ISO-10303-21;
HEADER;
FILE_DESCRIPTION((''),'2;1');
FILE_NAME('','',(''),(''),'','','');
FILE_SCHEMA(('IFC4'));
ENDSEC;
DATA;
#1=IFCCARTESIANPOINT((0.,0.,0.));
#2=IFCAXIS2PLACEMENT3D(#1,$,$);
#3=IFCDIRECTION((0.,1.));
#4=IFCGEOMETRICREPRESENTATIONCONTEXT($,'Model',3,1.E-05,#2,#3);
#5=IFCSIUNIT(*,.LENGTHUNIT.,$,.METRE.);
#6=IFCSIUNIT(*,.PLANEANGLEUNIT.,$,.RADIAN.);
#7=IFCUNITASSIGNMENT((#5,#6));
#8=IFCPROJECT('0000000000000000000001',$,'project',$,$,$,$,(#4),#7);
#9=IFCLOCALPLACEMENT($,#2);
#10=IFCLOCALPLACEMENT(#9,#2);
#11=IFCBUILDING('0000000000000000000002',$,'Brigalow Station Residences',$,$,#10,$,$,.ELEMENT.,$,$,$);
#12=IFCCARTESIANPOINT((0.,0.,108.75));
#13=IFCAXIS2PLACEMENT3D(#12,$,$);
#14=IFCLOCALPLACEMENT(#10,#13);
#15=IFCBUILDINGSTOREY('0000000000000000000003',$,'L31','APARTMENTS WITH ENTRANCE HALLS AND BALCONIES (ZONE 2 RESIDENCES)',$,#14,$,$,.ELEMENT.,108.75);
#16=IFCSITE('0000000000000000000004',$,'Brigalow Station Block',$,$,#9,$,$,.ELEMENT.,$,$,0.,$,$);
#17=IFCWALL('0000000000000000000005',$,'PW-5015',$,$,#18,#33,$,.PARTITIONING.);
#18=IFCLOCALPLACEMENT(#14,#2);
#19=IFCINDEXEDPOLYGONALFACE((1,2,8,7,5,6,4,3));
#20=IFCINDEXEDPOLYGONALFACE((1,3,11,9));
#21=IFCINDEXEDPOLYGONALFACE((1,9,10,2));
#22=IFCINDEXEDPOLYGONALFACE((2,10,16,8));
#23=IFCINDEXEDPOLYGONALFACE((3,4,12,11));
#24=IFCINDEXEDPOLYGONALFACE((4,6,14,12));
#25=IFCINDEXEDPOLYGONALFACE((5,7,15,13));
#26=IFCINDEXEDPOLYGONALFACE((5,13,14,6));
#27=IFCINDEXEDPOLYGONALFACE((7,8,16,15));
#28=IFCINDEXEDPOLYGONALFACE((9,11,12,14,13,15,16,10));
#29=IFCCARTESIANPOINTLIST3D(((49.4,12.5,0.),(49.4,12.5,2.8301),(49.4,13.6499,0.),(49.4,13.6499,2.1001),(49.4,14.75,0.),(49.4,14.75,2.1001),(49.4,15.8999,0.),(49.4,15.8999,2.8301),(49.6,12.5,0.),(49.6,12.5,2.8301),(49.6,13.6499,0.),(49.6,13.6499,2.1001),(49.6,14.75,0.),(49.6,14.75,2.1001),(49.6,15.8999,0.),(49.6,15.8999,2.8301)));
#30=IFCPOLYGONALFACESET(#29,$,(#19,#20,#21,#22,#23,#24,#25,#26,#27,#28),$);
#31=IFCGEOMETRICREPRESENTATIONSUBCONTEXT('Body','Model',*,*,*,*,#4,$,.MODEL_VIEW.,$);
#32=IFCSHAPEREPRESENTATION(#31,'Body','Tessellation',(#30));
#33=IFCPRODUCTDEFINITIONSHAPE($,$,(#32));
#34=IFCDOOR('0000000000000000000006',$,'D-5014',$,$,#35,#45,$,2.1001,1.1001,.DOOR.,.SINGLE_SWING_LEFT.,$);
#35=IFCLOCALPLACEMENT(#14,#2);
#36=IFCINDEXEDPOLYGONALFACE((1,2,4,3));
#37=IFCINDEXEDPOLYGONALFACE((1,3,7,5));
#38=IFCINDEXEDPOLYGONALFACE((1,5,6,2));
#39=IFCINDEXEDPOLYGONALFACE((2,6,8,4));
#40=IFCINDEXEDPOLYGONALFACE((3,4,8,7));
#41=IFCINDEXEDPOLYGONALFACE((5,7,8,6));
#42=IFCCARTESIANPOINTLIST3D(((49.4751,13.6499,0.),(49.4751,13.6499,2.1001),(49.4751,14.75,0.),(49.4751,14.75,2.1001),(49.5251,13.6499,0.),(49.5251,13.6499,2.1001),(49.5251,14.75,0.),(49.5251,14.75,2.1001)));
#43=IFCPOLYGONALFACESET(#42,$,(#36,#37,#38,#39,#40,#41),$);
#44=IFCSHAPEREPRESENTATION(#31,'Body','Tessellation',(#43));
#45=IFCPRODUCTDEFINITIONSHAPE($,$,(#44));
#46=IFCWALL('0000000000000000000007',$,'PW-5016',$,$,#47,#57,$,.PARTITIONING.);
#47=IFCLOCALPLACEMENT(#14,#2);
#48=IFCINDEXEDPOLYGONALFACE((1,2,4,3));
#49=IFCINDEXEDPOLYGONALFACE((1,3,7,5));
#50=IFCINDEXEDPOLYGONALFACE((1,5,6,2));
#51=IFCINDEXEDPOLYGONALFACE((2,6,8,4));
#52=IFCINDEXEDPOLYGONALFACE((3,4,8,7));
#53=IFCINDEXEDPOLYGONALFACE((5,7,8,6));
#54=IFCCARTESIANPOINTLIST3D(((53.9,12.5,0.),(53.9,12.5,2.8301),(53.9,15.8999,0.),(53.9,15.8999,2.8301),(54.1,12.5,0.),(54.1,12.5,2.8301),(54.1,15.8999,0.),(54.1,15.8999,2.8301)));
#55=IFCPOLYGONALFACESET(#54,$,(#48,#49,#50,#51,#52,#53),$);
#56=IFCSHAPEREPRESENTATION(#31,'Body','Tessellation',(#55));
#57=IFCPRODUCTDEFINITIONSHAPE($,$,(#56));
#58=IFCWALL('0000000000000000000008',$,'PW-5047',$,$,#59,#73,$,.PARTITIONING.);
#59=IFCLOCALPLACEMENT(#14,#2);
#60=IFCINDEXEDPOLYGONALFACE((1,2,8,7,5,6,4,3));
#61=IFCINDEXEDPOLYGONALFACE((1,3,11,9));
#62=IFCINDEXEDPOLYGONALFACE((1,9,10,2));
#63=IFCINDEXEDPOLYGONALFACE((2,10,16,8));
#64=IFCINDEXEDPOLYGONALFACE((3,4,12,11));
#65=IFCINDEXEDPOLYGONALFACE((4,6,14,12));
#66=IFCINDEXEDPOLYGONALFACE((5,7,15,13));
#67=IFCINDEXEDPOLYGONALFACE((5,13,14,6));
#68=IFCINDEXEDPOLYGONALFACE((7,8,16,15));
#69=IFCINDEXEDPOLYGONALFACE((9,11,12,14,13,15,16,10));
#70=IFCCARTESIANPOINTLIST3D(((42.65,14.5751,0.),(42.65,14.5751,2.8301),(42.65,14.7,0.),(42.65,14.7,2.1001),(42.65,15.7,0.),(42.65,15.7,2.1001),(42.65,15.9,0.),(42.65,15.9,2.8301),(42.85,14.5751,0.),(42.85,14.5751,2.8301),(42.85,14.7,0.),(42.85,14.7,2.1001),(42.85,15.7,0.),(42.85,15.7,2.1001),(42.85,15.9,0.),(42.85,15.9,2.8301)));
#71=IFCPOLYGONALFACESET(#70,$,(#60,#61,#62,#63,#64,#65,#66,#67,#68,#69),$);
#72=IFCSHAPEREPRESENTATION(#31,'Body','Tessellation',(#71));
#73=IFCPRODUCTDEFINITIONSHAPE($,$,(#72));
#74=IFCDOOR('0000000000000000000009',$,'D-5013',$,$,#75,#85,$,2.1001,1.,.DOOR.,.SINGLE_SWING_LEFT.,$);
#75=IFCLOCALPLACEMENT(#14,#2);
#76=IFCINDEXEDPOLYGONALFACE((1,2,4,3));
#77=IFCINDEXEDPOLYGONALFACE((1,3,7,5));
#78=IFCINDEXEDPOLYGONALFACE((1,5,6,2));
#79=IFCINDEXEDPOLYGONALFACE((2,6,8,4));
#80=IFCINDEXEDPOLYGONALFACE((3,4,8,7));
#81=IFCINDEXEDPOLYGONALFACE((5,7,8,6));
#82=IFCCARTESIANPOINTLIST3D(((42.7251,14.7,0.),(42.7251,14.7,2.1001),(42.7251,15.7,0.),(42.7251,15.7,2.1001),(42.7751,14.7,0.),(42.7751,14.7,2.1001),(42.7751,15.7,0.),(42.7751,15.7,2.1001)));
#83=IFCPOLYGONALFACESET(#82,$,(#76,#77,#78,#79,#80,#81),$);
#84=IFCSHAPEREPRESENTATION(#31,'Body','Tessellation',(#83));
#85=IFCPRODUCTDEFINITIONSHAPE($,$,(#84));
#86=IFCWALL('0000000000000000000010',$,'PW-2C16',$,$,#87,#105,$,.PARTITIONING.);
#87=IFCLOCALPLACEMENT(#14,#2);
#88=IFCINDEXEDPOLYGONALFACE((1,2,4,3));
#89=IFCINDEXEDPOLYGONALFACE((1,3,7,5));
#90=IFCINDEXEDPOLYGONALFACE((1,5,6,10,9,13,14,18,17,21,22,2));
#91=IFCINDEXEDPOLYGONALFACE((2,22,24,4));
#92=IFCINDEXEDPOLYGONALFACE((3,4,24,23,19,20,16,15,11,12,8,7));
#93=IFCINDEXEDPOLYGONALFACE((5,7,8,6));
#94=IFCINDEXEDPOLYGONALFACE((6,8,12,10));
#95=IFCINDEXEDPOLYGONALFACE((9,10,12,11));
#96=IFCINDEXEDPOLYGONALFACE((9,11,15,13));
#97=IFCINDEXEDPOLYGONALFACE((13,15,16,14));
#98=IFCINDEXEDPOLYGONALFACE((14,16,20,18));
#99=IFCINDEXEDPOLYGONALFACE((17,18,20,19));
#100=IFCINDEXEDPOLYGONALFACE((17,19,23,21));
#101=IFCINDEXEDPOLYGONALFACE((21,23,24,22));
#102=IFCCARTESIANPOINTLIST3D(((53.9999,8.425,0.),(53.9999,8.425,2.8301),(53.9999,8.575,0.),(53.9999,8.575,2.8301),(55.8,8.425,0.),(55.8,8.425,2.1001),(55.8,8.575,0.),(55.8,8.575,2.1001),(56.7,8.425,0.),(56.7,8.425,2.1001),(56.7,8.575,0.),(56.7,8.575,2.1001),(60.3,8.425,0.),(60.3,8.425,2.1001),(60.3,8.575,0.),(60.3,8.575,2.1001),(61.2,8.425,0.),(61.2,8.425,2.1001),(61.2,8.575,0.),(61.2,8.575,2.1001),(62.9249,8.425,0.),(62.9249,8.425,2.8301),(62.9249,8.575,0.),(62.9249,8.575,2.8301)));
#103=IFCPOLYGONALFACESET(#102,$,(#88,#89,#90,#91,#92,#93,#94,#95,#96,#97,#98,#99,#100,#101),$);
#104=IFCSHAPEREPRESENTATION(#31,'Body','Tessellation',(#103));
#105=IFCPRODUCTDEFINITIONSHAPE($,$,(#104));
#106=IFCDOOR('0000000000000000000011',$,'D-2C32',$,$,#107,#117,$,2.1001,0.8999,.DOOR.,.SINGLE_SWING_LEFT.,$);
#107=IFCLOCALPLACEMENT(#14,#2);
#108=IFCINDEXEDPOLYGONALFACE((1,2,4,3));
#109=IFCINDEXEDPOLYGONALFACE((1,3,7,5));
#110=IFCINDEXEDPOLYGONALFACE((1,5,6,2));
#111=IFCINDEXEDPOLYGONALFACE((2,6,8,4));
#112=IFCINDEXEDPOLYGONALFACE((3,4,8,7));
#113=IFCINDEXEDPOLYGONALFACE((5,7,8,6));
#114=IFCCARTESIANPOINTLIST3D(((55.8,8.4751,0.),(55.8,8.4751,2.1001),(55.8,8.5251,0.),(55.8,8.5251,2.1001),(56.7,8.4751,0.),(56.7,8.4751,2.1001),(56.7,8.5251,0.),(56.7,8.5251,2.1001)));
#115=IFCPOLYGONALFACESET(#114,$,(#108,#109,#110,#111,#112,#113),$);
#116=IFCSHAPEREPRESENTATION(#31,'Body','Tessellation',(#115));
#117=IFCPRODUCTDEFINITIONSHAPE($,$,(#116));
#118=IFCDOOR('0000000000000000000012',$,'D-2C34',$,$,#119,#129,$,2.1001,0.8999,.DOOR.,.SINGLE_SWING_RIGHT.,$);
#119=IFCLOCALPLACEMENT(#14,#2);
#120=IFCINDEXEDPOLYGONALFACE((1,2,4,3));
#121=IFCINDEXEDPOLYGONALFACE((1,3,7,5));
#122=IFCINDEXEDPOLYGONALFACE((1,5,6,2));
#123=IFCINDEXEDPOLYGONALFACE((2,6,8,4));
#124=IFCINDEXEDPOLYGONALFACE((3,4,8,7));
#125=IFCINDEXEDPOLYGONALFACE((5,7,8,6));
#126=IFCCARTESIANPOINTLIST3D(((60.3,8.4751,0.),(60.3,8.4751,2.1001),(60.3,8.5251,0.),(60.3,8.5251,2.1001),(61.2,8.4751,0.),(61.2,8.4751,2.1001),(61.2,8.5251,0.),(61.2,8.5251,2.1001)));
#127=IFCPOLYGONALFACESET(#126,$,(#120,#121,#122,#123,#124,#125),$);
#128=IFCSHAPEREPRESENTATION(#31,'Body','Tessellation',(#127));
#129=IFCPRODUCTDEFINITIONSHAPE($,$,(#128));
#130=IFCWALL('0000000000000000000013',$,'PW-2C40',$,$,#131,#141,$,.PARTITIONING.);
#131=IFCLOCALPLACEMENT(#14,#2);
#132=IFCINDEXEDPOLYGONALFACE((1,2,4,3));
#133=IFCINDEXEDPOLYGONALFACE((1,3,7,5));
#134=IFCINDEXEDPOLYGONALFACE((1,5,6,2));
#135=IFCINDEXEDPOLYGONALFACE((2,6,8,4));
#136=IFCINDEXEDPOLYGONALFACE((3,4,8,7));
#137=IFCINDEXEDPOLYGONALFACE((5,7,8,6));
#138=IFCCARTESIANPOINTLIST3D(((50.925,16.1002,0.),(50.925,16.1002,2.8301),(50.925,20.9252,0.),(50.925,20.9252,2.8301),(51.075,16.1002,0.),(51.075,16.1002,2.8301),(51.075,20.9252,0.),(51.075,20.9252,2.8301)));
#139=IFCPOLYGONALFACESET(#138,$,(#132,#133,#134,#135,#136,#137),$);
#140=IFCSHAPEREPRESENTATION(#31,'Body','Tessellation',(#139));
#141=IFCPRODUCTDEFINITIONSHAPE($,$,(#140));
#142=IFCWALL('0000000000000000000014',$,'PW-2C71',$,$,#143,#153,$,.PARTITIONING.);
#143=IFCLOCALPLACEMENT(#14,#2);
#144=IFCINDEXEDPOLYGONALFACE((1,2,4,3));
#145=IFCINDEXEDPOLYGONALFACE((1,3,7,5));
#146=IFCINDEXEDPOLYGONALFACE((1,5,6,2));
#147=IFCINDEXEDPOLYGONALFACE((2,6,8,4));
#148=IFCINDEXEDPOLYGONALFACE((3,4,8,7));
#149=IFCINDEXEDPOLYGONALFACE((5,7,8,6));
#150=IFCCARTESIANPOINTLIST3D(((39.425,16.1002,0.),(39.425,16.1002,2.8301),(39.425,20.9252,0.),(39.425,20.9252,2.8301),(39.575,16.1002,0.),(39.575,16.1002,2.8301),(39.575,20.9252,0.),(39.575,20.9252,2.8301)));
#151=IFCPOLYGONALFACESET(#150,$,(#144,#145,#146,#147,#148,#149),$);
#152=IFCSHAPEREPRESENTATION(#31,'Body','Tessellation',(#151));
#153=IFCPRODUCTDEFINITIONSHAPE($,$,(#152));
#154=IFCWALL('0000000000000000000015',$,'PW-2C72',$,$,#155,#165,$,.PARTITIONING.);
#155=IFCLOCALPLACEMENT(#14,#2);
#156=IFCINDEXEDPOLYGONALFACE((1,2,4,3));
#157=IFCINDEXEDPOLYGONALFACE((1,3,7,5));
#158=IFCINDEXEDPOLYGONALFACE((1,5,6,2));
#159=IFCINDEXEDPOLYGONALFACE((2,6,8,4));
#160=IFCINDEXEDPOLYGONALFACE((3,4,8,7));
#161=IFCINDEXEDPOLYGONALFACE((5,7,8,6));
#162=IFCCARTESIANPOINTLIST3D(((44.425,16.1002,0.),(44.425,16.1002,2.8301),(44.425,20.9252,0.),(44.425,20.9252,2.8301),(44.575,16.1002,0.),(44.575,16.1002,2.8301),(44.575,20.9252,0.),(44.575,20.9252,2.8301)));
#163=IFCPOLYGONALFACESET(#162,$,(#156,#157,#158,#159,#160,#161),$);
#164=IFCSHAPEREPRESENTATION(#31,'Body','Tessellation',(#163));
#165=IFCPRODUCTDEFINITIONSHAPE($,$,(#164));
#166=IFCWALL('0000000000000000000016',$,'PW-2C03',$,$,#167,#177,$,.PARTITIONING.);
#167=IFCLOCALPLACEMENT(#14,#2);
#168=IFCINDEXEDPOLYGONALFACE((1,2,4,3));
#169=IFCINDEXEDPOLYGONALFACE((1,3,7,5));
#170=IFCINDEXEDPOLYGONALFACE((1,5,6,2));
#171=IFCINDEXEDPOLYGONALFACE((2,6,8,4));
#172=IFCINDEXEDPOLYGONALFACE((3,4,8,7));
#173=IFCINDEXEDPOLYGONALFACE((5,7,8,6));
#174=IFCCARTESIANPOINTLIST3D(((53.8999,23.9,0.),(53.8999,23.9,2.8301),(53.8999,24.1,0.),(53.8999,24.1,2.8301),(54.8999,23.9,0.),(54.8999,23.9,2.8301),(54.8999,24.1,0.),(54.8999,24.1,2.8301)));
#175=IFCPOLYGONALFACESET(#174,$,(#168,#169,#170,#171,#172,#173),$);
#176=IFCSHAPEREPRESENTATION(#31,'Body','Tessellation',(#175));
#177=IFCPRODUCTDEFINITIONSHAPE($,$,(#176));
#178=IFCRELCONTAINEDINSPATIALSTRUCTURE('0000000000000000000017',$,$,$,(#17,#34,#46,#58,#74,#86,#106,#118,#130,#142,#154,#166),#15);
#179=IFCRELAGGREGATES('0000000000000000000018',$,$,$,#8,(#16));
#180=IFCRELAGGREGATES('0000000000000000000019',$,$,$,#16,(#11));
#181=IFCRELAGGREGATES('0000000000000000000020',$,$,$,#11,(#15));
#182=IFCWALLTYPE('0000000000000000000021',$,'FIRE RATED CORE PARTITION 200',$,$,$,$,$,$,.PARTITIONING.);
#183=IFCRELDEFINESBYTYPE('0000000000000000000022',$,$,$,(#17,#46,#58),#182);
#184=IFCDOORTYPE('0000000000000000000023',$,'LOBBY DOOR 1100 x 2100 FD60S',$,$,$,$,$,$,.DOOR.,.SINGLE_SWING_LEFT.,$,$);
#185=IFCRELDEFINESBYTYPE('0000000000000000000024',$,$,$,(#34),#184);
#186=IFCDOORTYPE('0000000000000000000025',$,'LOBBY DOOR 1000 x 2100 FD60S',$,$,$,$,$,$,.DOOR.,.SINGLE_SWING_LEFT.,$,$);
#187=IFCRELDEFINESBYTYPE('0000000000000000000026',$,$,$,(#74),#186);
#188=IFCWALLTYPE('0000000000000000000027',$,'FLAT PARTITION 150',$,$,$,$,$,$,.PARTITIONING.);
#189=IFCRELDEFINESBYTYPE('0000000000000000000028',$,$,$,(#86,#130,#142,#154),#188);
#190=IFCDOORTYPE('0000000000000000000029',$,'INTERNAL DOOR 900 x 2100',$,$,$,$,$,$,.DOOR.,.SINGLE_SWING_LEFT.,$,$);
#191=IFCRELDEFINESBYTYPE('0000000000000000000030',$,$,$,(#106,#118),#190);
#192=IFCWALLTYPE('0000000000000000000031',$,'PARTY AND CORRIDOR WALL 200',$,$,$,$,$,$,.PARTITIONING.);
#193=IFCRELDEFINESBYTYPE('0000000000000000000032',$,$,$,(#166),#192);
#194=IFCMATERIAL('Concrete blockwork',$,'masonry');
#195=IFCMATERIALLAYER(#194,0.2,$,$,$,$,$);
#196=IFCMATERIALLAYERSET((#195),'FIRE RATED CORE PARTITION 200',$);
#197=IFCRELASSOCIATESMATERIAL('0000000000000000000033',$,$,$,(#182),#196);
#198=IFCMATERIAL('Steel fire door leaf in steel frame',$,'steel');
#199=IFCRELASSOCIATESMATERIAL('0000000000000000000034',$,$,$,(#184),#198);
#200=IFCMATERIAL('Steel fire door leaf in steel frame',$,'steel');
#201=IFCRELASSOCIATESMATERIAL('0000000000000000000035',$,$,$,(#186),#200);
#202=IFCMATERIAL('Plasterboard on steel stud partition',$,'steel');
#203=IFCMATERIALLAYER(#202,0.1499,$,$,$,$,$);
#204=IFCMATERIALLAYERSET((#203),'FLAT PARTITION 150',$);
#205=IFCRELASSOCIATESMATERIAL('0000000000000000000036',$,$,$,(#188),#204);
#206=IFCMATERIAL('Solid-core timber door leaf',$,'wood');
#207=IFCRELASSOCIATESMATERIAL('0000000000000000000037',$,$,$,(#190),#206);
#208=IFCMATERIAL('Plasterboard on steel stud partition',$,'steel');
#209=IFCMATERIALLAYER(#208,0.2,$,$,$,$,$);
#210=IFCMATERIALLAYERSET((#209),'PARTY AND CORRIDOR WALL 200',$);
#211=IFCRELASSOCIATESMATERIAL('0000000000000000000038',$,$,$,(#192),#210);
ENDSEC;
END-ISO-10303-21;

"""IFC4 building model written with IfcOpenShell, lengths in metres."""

from ifc_helpers import new_model, si_unit, direction, frame, frame_2d, origin, place, context, subcontext, project, spatial, rectangle, extrude, material, layer, layer_set, type_object, element, fill, save


model = new_model("IFC4")

# Units and contexts
model_context = context("Model", 3, precision=1e-05, world=origin(), true_north=direction((0.0, 1.0)))
body_context = subcontext(model_context, "Body", "Model", "MODEL_VIEW")
ifc_project = project(units=[si_unit("LENGTHUNIT", "METRE"), si_unit("PLANEANGLEUNIT", "RADIAN")], contexts=[model_context])

# Site, building, storey
site_placement = place(None, origin())
site = spatial("IfcSite", under=ifc_project, at=site_placement, Name="Brigalow Station Block", CompositionType="ELEMENT", RefElevation=0.0)
building_placement = place(site_placement, origin())
building = spatial("IfcBuilding", under=site, at=building_placement, Name="Brigalow Station Residences", CompositionType="ELEMENT")
storey_placement = place(building_placement, frame((0.0, 0.0, 108.75)))
storey = spatial("IfcBuildingStorey", under=building, at=storey_placement, Name="L31", Description="APARTMENTS WITH ENTRANCE HALLS AND BALCONIES (ZONE 2 RESIDENCES)", CompositionType="ELEMENT", Elevation=108.75)

# Shared definitions
ifc_material_1 = material(Name="Concrete blockwork", Category="masonry")
ifc_layer_1 = layer(ifc_material_1, 0.2)
ifc_layer_set_1 = layer_set([ifc_layer_1], Name="FIRE RATED CORE PARTITION 200")
wall_type_1 = type_object("IfcWallType", Name="FIRE RATED CORE PARTITION 200", PredefinedType="PARTITIONING", material=ifc_layer_set_1)

# Wall, opening, door
wall_1_placement = place(storey_placement, frame((49.5, 12.5, 0.0), z_axis=(0.0, 0.0, 1.0), x_axis=(0.0, 1.0, 0.0)))
wall_1 = element("IfcWall", 1, at=wall_1_placement, inside=storey, type_object=wall_type_1, Name="PW-5015", PredefinedType="PARTITIONING", context=body_context, shape_type="SweptSolid", body=[
    extrude(rectangle(XDim=3.3999, YDim=0.2, at=frame_2d((1.7, 0.0))), origin(), (0.0, 0.0, 1.0), 2.8301),
])
opening_1_placement = place(wall_1_placement, frame((1.1499, 0.0, 0.0)))
opening_1 = element("IfcOpeningElement", 2, at=opening_1_placement, cuts=wall_1, PredefinedType="OPENING", context=body_context, shape_type="SweptSolid", body=[
    extrude(rectangle(XDim=1.1001, YDim=2.1001, at=frame_2d((0.55, 1.05))), frame((0.0, 0.1099, 0.0), z_axis=(0.0, -1.0, 0.0), x_axis=(1.0, 0.0, 0.0)), (0.0, 0.0, 1.0), 0.22),
])
ifc_material_2 = material(Name="Steel fire door leaf in steel frame", Category="steel")
door_type_1 = type_object("IfcDoorType", Name="LOBBY DOOR 1100 x 2100 FD60S", OperationType="SINGLE_SWING_LEFT", PredefinedType="DOOR", material=ifc_material_2)
door_1_placement = place(opening_1_placement, origin())
door_1 = element("IfcDoor", 3, at=door_1_placement, inside=storey, type_object=door_type_1, Name="D-5014", OperationType="SINGLE_SWING_LEFT", OverallHeight=2.1001, OverallWidth=1.1001, PredefinedType="DOOR", context=body_context, shape_type="SweptSolid", body=[
    extrude(rectangle(XDim=1.1001, YDim=2.1001, at=frame_2d((0.55, 1.05))), frame((0.0, 0.0249, 0.0), z_axis=(0.0, -1.0, 0.0), x_axis=(1.0, 0.0, 0.0)), (0.0, 0.0, 1.0), 0.05),
])
fill(opening_1, door_1)

# Wall
wall_2_placement = place(storey_placement, frame((54.0, 12.5, 0.0), z_axis=(0.0, 0.0, 1.0), x_axis=(0.0, 1.0, 0.0)))
element("IfcWall", 4, at=wall_2_placement, inside=storey, type_object=wall_type_1, Name="PW-5016", PredefinedType="PARTITIONING", context=body_context, shape_type="SweptSolid", body=[
    extrude(rectangle(XDim=3.3999, YDim=0.2, at=frame_2d((1.7, 0.0))), origin(), (0.0, 0.0, 1.0), 2.8301),
])

# Wall, opening, door
wall_3_placement = place(storey_placement, frame((42.75, 14.575, 0.0), z_axis=(0.0, 0.0, 1.0), x_axis=(0.0, 1.0, 0.0)))
wall_3 = element("IfcWall", 5, at=wall_3_placement, inside=storey, type_object=wall_type_1, Name="PW-5047", PredefinedType="PARTITIONING", context=body_context, shape_type="SweptSolid", body=[
    extrude(rectangle(XDim=1.325, YDim=0.2, at=frame_2d((0.6626, 0.0))), origin(), (0.0, 0.0, 1.0), 2.8301),
])
opening_2_placement = place(wall_3_placement, frame((0.125, 0.0, 0.0)))
opening_2 = element("IfcOpeningElement", 6, at=opening_2_placement, cuts=wall_3, PredefinedType="OPENING", context=body_context, shape_type="SweptSolid", body=[
    extrude(rectangle(XDim=1.0, YDim=2.1001, at=frame_2d((0.5, 1.05))), frame((0.0, 0.1099, 0.0), z_axis=(0.0, -1.0, 0.0), x_axis=(1.0, 0.0, 0.0)), (0.0, 0.0, 1.0), 0.22),
])
ifc_material_3 = material(Name="Steel fire door leaf in steel frame", Category="steel")
door_type_2 = type_object("IfcDoorType", Name="LOBBY DOOR 1000 x 2100 FD60S", OperationType="SINGLE_SWING_LEFT", PredefinedType="DOOR", material=ifc_material_3)
door_2_placement = place(opening_2_placement, origin())
door_2 = element("IfcDoor", 7, at=door_2_placement, inside=storey, type_object=door_type_2, Name="D-5013", OperationType="SINGLE_SWING_LEFT", OverallHeight=2.1001, OverallWidth=1.0, PredefinedType="DOOR", context=body_context, shape_type="SweptSolid", body=[
    extrude(rectangle(XDim=1.0, YDim=2.1001, at=frame_2d((0.5, 1.05))), frame((0.0, 0.0249, 0.0), z_axis=(0.0, -1.0, 0.0), x_axis=(1.0, 0.0, 0.0)), (0.0, 0.0, 1.0), 0.05),
])
fill(opening_2, door_2)

# Wall, openings, doors
ifc_material_4 = material(Name="Plasterboard on steel stud partition", Category="steel")
ifc_layer_2 = layer(ifc_material_4, 0.1499)
ifc_layer_set_2 = layer_set([ifc_layer_2], Name="FLAT PARTITION 150")
wall_type_2 = type_object("IfcWallType", Name="FLAT PARTITION 150", PredefinedType="PARTITIONING", material=ifc_layer_set_2)
wall_4_placement = place(storey_placement, frame((54.0, 8.5, 0.0), z_axis=(0.0, 0.0, 1.0), x_axis=(1.0, 0.0, 0.0)))
wall_4 = element("IfcWall", 8, at=wall_4_placement, inside=storey, type_object=wall_type_2, Name="PW-2C16", PredefinedType="PARTITIONING", context=body_context, shape_type="SweptSolid", body=[
    extrude(rectangle(XDim=8.925, YDim=0.1499, at=frame_2d((4.4624, 0.0))), origin(), (0.0, 0.0, 1.0), 2.8301),
])
opening_3_placement = place(wall_4_placement, frame((1.8, 0.0, 0.0)))
opening_3 = element("IfcOpeningElement", 9, at=opening_3_placement, cuts=wall_4, PredefinedType="OPENING", context=body_context, shape_type="SweptSolid", body=[
    extrude(rectangle(XDim=0.8999, YDim=2.1001, at=frame_2d((0.45, 1.05))), frame((0.0, 0.085, 0.0), z_axis=(0.0, -1.0, 0.0), x_axis=(1.0, 0.0, 0.0)), (0.0, 0.0, 1.0), 0.1699),
])
opening_4_placement = place(wall_4_placement, frame((6.3, 0.0, 0.0)))
opening_4 = element("IfcOpeningElement", 10, at=opening_4_placement, cuts=wall_4, PredefinedType="OPENING", context=body_context, shape_type="SweptSolid", body=[
    extrude(rectangle(XDim=0.8999, YDim=2.1001, at=frame_2d((0.45, 1.05))), frame((0.0, 0.085, 0.0), z_axis=(0.0, -1.0, 0.0), x_axis=(1.0, 0.0, 0.0)), (0.0, 0.0, 1.0), 0.1699),
])
ifc_material_5 = material(Name="Solid-core timber door leaf", Category="wood")
door_type_3 = type_object("IfcDoorType", Name="INTERNAL DOOR 900 x 2100", OperationType="SINGLE_SWING_LEFT", PredefinedType="DOOR", material=ifc_material_5)
door_3_placement = place(opening_3_placement, frame((0.8999, 0.0, 0.0), z_axis=(0.0, 0.0, 1.0), x_axis=(-1.0, 0.0, 0.0)))
door_3 = element("IfcDoor", 11, at=door_3_placement, inside=storey, type_object=door_type_3, Name="D-2C32", OperationType="SINGLE_SWING_LEFT", OverallHeight=2.1001, OverallWidth=0.8999, PredefinedType="DOOR", context=body_context, shape_type="SweptSolid", body=[
    extrude(rectangle(XDim=0.8999, YDim=2.1001, at=frame_2d((0.45, 1.05))), frame((0.0, 0.0249, 0.0), z_axis=(0.0, -1.0, 0.0), x_axis=(1.0, 0.0, 0.0)), (0.0, 0.0, 1.0), 0.05),
])
fill(opening_3, door_3)
door_4_placement = place(opening_4_placement, frame((0.8999, 0.0, 0.0), z_axis=(0.0, 0.0, 1.0), x_axis=(-1.0, 0.0, 0.0)))
door_4 = element("IfcDoor", 12, at=door_4_placement, inside=storey, type_object=door_type_3, Name="D-2C34", OperationType="SINGLE_SWING_RIGHT", OverallHeight=2.1001, OverallWidth=0.8999, PredefinedType="DOOR", context=body_context, shape_type="SweptSolid", body=[
    extrude(rectangle(XDim=0.8999, YDim=2.1001, at=frame_2d((0.45, 1.05))), frame((0.0, 0.0249, 0.0), z_axis=(0.0, -1.0, 0.0), x_axis=(1.0, 0.0, 0.0)), (0.0, 0.0, 1.0), 0.05),
])
fill(opening_4, door_4)

# Walls
for number, where, z_axis, x_axis, name in (
    (13, (51.0, 16.1001, 0.0), (0.0, 0.0, 1.0), (0.0, 1.0, 0.0), "PW-2C40"),
    (14, (39.5, 16.1001, 0.0), (0.0, 0.0, 1.0), (0.0, 1.0, 0.0), "PW-2C71"),
    (15, (44.5, 16.1001, 0.0), (0.0, 0.0, 1.0), (0.0, 1.0, 0.0), "PW-2C72"),
):
    element("IfcWall", number, at=place(storey_placement, frame(where, z_axis=z_axis, x_axis=x_axis)), inside=storey, type_object=wall_type_2, Name=name, PredefinedType="PARTITIONING", context=body_context, shape_type="SweptSolid", body=[
        extrude(rectangle(XDim=4.825, YDim=0.1499, at=frame_2d((2.4126, 0.0))), origin(), (0.0, 0.0, 1.0), 2.8301),
    ])
ifc_material_6 = material(Name="Plasterboard on steel stud partition", Category="steel")
ifc_layer_3 = layer(ifc_material_6, 0.2)
ifc_layer_set_3 = layer_set([ifc_layer_3], Name="PARTY AND CORRIDOR WALL 200")
wall_type_3 = type_object("IfcWallType", Name="PARTY AND CORRIDOR WALL 200", PredefinedType="PARTITIONING", material=ifc_layer_set_3)
wall_5_placement = place(storey_placement, frame((53.8999, 24.0, 0.0), z_axis=(0.0, 0.0, 1.0), x_axis=(1.0, 0.0, 0.0)))
element("IfcWall", 16, at=wall_5_placement, inside=storey, type_object=wall_type_3, Name="PW-2C03", PredefinedType="PARTITIONING", context=body_context, shape_type="SweptSolid", body=[
    extrude(rectangle(XDim=1.0, YDim=0.2, at=frame_2d((0.5, 0.0))), origin(), (0.0, 0.0, 1.0), 2.8301),
])

save(model, "model.ifc")
